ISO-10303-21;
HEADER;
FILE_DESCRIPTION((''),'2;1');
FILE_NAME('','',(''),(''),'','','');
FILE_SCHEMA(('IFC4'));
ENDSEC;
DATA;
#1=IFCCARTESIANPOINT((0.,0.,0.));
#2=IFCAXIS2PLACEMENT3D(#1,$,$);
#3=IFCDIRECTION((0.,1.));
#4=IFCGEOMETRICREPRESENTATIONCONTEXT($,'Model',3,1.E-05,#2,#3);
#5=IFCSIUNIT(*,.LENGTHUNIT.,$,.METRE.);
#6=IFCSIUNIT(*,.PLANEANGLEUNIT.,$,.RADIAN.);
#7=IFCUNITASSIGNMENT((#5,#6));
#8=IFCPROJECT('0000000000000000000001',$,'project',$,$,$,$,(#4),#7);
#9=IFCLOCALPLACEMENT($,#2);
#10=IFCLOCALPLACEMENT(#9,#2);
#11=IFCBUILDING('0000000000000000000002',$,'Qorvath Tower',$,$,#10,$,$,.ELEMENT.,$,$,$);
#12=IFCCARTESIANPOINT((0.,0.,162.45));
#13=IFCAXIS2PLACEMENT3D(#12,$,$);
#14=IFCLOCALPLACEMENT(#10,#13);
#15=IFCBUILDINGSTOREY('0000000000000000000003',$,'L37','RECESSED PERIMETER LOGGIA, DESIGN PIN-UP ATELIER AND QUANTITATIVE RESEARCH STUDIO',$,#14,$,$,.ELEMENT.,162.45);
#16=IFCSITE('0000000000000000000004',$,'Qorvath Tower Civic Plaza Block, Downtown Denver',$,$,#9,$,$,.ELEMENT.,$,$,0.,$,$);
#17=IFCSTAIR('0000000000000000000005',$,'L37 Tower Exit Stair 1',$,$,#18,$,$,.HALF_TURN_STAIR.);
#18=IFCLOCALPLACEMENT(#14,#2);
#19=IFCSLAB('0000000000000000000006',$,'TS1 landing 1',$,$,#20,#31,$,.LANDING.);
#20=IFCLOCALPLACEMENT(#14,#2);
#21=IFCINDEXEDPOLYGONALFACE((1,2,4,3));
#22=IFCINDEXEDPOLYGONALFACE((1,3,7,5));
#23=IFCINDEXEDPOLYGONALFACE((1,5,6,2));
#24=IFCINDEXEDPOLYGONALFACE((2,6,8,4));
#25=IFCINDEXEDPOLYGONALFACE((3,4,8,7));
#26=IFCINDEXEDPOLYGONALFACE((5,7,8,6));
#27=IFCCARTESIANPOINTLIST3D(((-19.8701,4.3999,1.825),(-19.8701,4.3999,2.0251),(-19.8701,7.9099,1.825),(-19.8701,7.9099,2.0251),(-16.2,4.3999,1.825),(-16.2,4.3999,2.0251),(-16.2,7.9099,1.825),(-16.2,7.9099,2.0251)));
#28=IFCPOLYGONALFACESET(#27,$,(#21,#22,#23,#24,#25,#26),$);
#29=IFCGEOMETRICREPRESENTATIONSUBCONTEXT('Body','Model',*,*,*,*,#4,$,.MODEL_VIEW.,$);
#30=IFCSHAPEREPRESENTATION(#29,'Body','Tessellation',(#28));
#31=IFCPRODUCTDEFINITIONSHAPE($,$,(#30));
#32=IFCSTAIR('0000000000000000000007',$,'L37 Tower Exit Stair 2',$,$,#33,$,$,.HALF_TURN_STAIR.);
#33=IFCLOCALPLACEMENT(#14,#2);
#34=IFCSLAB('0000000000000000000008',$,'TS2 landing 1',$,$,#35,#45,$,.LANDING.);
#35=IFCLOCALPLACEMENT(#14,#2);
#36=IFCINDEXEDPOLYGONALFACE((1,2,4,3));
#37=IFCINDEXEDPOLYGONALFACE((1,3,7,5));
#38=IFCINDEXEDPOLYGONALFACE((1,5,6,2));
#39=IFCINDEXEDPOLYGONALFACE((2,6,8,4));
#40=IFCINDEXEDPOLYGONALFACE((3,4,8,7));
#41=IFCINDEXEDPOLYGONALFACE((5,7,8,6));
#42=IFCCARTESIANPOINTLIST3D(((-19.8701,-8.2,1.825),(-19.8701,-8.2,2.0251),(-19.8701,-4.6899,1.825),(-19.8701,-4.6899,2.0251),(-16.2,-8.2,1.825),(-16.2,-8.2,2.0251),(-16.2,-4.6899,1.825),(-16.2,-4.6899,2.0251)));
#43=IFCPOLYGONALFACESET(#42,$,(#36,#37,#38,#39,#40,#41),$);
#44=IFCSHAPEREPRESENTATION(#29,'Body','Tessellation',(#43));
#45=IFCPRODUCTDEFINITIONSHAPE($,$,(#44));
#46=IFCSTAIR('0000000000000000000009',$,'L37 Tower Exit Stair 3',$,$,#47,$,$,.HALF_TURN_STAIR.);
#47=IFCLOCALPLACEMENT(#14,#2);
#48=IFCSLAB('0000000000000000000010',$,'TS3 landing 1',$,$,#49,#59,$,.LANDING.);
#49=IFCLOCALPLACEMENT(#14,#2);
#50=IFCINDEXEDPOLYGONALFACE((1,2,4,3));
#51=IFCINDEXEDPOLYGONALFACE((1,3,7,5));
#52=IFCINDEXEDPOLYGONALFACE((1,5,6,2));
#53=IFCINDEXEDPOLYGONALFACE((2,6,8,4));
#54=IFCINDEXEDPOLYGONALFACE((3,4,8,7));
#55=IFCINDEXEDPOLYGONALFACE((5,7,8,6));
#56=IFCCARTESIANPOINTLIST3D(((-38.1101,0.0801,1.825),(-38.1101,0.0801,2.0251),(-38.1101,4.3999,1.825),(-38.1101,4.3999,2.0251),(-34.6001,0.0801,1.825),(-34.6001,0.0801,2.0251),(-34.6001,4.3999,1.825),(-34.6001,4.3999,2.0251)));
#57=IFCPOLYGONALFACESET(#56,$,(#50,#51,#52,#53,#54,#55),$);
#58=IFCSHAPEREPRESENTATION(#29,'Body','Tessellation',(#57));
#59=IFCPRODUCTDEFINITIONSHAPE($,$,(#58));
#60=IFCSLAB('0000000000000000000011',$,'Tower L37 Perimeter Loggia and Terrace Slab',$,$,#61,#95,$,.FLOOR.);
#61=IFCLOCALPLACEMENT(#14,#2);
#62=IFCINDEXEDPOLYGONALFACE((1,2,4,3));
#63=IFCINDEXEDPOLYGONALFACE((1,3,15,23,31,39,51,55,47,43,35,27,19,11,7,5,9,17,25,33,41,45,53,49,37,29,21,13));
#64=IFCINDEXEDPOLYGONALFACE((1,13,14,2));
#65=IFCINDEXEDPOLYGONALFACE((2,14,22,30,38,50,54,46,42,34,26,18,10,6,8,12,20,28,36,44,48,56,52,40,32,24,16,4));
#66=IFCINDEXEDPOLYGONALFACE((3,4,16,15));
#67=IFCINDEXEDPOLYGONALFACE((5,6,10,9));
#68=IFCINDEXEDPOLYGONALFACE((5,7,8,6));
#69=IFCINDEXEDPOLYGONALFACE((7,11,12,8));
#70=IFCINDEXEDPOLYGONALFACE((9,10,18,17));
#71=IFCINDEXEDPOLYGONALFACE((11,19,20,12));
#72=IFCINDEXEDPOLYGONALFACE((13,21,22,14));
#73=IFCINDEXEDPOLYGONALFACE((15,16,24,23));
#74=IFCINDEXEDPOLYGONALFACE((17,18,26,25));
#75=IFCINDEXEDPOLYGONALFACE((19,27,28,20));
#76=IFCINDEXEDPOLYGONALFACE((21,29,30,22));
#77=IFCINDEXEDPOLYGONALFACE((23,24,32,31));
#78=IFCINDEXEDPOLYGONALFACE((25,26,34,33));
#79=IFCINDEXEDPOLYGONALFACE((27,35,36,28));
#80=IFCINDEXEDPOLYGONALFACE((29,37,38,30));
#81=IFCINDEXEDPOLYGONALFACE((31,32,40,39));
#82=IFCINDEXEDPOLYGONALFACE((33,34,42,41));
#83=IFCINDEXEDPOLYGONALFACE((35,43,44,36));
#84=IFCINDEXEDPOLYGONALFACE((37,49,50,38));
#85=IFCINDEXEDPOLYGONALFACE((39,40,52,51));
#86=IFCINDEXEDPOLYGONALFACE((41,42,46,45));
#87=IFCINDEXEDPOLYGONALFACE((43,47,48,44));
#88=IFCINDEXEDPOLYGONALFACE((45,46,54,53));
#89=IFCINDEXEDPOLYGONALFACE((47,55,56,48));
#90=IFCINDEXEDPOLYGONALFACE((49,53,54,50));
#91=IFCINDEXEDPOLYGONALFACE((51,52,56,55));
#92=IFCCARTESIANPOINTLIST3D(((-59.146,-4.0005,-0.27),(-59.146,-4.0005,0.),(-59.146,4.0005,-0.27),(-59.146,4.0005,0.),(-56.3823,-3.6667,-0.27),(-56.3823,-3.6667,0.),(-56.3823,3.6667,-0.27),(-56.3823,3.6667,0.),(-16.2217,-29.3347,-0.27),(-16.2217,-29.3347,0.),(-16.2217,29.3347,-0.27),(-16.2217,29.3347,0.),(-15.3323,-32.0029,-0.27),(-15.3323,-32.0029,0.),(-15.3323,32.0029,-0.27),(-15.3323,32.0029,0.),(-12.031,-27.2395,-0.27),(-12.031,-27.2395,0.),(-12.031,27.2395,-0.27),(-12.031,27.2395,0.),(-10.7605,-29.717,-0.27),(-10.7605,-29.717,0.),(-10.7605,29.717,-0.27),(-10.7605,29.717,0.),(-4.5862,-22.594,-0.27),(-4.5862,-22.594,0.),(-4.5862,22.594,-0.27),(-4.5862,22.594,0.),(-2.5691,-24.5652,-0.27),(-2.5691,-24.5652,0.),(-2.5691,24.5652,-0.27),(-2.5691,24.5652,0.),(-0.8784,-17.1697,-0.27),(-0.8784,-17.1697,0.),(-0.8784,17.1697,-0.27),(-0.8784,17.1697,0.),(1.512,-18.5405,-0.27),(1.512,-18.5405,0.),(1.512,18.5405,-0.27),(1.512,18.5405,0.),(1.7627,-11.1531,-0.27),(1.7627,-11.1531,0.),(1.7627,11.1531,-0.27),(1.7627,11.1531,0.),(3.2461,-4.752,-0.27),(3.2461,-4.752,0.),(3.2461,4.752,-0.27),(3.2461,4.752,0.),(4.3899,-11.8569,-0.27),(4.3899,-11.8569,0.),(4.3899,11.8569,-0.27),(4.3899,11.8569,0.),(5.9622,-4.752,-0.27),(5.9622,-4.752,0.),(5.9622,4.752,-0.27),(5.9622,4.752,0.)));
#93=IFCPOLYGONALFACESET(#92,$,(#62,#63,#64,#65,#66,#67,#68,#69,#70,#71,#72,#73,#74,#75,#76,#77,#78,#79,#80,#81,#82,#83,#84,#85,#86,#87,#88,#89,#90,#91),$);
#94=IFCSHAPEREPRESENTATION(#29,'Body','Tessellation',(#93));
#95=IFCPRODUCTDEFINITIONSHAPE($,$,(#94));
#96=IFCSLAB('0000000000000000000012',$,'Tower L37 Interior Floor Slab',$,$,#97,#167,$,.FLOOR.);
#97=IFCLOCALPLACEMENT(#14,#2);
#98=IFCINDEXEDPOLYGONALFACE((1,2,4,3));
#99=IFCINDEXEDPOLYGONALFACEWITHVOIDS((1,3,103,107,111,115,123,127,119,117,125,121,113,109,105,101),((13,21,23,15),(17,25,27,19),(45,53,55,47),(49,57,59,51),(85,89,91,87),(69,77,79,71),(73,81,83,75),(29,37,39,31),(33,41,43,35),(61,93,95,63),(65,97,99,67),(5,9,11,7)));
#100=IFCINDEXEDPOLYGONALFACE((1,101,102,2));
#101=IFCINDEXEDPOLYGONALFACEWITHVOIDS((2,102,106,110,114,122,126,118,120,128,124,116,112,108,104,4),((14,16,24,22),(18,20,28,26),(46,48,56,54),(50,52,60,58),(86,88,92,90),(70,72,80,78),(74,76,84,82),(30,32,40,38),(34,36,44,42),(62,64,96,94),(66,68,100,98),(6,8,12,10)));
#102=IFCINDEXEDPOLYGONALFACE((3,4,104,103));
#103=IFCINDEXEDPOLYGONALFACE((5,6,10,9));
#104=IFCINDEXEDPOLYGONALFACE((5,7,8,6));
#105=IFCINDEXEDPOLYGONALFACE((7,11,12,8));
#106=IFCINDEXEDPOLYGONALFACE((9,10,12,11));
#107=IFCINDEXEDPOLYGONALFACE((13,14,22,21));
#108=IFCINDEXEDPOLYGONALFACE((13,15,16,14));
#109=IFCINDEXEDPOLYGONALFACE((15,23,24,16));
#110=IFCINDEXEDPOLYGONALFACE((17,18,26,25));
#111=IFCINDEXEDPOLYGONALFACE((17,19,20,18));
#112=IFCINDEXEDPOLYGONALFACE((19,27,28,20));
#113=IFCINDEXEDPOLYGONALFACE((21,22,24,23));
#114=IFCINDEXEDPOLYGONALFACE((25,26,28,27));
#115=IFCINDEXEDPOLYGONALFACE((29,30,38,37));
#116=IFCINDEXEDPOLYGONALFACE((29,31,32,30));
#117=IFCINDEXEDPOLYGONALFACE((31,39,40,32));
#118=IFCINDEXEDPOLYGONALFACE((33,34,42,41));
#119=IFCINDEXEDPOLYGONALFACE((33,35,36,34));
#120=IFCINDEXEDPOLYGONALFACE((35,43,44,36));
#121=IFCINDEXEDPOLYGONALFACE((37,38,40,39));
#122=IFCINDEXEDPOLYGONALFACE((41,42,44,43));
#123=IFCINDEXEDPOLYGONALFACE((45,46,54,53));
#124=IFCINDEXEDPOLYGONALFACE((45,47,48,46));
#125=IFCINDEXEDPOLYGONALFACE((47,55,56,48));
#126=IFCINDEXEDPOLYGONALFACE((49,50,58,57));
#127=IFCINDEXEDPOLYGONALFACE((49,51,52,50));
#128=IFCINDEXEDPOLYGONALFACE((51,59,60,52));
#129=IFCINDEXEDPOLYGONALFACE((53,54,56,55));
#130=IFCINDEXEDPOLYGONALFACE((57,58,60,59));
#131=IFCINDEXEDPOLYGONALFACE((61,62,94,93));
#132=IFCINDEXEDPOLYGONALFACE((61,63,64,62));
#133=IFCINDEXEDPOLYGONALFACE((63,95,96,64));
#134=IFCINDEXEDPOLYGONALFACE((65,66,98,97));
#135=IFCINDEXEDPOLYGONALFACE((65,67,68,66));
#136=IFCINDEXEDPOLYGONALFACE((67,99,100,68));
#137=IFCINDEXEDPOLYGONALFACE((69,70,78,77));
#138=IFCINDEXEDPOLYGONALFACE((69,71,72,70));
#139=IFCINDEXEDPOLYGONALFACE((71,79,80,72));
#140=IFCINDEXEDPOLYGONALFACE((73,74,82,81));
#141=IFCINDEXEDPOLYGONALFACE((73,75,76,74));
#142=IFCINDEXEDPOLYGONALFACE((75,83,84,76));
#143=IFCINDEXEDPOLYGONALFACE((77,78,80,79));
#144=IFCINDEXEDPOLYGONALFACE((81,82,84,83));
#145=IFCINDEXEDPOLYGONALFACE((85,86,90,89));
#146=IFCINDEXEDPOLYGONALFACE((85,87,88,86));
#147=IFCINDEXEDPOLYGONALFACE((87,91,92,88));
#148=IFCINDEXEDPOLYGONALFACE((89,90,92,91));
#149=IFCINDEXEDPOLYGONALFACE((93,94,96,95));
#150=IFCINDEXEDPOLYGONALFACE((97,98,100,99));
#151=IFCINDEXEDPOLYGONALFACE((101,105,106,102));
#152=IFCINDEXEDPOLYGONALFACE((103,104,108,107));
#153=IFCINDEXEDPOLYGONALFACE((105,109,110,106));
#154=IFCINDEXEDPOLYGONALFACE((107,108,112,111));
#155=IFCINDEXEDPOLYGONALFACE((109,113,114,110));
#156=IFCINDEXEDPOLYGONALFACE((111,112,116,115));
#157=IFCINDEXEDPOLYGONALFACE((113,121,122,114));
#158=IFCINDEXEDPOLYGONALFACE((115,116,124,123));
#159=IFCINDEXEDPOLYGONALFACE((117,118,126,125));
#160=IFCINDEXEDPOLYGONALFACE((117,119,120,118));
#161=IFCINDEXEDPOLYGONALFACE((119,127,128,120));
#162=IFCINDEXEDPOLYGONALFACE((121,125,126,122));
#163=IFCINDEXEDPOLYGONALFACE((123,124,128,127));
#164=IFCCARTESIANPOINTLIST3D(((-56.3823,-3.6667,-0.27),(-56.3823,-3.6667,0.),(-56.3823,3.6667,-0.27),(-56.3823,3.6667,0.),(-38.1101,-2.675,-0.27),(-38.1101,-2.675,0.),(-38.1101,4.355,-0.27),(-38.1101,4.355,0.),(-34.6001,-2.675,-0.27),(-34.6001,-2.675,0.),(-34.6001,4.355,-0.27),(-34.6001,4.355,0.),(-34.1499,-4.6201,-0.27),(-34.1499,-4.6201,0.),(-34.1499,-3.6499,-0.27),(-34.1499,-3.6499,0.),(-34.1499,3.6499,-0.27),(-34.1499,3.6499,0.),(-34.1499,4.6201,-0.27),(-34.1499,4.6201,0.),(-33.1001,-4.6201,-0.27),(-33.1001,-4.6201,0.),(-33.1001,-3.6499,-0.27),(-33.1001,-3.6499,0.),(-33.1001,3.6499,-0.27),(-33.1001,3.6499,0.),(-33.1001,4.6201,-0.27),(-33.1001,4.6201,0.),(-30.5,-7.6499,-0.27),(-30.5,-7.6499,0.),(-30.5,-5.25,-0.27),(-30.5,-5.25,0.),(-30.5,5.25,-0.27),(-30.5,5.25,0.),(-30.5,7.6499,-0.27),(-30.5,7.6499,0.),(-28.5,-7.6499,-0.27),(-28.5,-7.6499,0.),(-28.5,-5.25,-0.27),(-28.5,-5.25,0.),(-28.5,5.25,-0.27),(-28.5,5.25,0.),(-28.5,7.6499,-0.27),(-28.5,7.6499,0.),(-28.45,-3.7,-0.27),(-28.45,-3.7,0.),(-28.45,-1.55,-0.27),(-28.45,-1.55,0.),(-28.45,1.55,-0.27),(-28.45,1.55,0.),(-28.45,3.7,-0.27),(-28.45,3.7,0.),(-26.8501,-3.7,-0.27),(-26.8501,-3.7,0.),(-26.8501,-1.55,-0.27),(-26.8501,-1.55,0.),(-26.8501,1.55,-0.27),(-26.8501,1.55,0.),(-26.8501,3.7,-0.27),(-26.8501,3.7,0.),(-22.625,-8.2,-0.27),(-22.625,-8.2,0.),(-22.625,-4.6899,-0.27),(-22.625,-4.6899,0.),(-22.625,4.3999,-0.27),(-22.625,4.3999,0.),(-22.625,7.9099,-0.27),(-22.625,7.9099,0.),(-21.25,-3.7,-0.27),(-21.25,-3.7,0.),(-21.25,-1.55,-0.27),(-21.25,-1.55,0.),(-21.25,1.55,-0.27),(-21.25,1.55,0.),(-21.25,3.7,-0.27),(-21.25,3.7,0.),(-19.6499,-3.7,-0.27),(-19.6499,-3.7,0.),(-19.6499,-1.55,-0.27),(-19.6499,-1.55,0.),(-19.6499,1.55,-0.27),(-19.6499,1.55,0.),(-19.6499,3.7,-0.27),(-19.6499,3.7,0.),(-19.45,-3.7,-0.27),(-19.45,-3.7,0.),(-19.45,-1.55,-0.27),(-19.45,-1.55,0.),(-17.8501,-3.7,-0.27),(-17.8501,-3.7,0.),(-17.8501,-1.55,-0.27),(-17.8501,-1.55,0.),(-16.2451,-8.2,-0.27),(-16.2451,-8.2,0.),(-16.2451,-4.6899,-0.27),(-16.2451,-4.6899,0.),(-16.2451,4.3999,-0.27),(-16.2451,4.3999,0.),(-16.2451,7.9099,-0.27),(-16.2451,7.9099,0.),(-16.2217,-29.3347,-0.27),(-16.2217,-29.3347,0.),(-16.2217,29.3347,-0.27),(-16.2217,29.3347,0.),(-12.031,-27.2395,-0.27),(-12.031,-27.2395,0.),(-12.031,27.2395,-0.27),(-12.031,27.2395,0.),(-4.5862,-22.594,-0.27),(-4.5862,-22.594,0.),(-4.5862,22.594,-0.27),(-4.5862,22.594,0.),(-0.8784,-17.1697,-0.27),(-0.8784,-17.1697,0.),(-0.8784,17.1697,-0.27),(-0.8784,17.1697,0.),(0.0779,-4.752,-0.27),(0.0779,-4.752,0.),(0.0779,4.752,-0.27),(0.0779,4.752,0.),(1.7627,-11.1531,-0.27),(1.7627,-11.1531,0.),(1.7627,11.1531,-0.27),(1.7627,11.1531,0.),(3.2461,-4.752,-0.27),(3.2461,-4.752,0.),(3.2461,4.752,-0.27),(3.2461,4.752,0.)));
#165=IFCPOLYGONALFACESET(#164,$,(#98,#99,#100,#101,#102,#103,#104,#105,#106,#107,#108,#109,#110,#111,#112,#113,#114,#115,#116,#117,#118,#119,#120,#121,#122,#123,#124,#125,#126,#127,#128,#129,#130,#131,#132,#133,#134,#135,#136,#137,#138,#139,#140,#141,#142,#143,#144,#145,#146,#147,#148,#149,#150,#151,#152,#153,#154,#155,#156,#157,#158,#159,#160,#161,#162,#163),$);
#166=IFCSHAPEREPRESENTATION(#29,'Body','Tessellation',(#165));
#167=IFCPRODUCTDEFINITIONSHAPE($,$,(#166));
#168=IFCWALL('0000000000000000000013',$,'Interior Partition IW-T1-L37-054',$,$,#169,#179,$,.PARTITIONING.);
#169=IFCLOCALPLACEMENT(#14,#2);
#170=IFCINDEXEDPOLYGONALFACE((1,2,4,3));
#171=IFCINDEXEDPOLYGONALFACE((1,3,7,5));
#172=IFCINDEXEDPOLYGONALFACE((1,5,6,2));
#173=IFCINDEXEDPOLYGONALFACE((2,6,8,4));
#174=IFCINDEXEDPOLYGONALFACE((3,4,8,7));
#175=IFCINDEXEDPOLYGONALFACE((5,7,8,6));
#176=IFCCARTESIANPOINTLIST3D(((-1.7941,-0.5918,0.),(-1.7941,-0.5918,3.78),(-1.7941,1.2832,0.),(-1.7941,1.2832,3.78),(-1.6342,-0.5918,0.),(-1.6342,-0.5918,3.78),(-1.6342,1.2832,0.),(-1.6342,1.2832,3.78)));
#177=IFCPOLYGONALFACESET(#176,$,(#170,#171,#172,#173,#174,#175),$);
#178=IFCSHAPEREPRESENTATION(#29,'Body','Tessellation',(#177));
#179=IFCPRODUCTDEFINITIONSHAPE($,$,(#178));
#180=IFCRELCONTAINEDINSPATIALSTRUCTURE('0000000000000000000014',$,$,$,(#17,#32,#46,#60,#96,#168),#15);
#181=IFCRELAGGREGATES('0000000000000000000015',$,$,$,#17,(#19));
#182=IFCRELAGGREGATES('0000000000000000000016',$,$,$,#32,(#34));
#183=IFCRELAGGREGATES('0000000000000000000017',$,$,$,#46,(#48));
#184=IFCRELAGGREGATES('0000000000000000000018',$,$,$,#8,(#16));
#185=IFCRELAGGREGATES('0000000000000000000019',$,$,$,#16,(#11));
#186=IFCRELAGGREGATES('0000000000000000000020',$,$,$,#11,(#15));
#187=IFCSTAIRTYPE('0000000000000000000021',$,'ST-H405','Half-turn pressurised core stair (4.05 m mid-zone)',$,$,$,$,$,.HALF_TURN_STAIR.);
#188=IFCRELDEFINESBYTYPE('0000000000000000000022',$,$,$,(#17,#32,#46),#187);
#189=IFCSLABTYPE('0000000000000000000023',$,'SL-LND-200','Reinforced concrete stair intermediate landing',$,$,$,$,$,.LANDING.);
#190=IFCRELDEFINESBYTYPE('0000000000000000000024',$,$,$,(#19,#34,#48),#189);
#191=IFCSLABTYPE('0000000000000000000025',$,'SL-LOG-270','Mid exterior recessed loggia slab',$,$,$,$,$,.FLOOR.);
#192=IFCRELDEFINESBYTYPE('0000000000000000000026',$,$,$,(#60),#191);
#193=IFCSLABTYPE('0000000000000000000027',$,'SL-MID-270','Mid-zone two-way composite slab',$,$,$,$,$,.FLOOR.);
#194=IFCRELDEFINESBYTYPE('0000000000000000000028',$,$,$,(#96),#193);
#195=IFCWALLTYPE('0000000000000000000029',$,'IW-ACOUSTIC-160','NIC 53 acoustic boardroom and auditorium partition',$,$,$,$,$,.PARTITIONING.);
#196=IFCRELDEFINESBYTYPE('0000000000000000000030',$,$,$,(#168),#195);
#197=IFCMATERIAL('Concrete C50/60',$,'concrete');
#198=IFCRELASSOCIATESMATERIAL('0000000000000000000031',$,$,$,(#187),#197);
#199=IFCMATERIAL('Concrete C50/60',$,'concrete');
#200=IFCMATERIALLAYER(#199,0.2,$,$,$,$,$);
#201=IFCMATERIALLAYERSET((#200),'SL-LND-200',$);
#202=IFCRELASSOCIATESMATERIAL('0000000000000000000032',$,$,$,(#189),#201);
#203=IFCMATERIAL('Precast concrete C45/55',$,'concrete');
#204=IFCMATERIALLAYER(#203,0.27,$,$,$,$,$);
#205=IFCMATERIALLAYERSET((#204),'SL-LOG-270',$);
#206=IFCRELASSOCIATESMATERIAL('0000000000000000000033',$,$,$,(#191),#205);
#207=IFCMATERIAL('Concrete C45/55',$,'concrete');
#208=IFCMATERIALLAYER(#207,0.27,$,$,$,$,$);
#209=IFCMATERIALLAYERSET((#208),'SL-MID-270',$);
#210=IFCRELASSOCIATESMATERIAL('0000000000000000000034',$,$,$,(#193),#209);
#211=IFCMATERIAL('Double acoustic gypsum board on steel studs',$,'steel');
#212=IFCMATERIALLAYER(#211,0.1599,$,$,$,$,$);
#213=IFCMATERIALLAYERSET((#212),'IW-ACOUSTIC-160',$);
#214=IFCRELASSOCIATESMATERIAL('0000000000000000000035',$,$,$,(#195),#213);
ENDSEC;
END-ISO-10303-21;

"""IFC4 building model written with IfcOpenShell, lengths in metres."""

from ifc_helpers import new_model, si_unit, direction, frame, frame_2d, origin, place, context, subcontext, project, spatial, polyline, rectangle, outline, extrude, material, layer, layer_set, type_object, element, aggregate, save


model = new_model("IFC4")

# Units and contexts
model_context = context("Model", 3, precision=1e-05, world=origin(), true_north=direction((0.0, 1.0)))
body_context = subcontext(model_context, "Body", "Model", "MODEL_VIEW")
ifc_project = project(units=[si_unit("LENGTHUNIT", "METRE"), si_unit("PLANEANGLEUNIT", "RADIAN")], contexts=[model_context])

# Site, building, storey
site_placement = place(None, origin())
site = spatial("IfcSite", under=ifc_project, at=site_placement, Name="Qorvath Tower Civic Plaza Block, Downtown Denver", CompositionType="ELEMENT", RefElevation=0.0)
building_placement = place(site_placement, origin())
building = spatial("IfcBuilding", under=site, at=building_placement, Name="Qorvath Tower", CompositionType="ELEMENT")
storey_placement = place(building_placement, frame((0.0, 0.0, 162.45)))
storey = spatial("IfcBuildingStorey", under=building, at=storey_placement, Name="L37", Description="RECESSED PERIMETER LOGGIA, DESIGN PIN-UP ATELIER AND QUANTITATIVE RESEARCH STUDIO", CompositionType="ELEMENT", Elevation=162.45)

# Stairs, slabs
ifc_material_1 = material(Name="Concrete C50/60", Category="concrete")
stair_type = type_object("IfcStairType", Name="ST-H405", Description="Half-turn pressurised core stair (4.05 m mid-zone)", PredefinedType="HALF_TURN_STAIR", material=ifc_material_1)
stair_1_placement = place(storey_placement, origin())
stair_1 = element("IfcStair", 1, at=stair_1_placement, inside=storey, type_object=stair_type, Name="L37 Tower Exit Stair 1", PredefinedType="HALF_TURN_STAIR")
ifc_material_2 = material(Name="Concrete C50/60", Category="concrete")
ifc_layer_1 = layer(ifc_material_2, 0.2)
ifc_layer_set_1 = layer_set([ifc_layer_1], Name="SL-LND-200")
slab_type_1 = type_object("IfcSlabType", Name="SL-LND-200", Description="Reinforced concrete stair intermediate landing", PredefinedType="LANDING", material=ifc_layer_set_1)
slab_1_placement = place(storey_placement, frame((0.0, 0.0, 1.825)))
slab_1 = element("IfcSlab", 2, at=slab_1_placement, type_object=slab_type_1, Name="TS1 landing 1", PredefinedType="LANDING", context=body_context, shape_type="SweptSolid", body=[
    extrude(outline(polyline([(-19.8701, 4.3999), (-16.2, 4.3999), (-16.2, 7.9099), (-19.8701, 7.9099), (-19.8701, 4.3999)])), origin(), (0.0, 0.0, 1.0), 0.2002),
])
aggregate(stair_1, [slab_1])
stair_2_placement = place(storey_placement, origin())
stair_2 = element("IfcStair", 3, at=stair_2_placement, inside=storey, type_object=stair_type, Name="L37 Tower Exit Stair 2", PredefinedType="HALF_TURN_STAIR")
slab_2_placement = place(storey_placement, frame((0.0, 0.0, 1.825)))
slab_2 = element("IfcSlab", 4, at=slab_2_placement, type_object=slab_type_1, Name="TS2 landing 1", PredefinedType="LANDING", context=body_context, shape_type="SweptSolid", body=[
    extrude(outline(polyline([(-19.8701, -8.2), (-16.2, -8.2), (-16.2, -4.6899), (-19.8701, -4.6899), (-19.8701, -8.2)])), origin(), (0.0, 0.0, 1.0), 0.2002),
])
aggregate(stair_2, [slab_2])
stair_3_placement = place(storey_placement, origin())
stair_3 = element("IfcStair", 5, at=stair_3_placement, inside=storey, type_object=stair_type, Name="L37 Tower Exit Stair 3", PredefinedType="HALF_TURN_STAIR")
slab_3_placement = place(storey_placement, frame((0.0, 0.0, 1.825)))
slab_3 = element("IfcSlab", 6, at=slab_3_placement, type_object=slab_type_1, Name="TS3 landing 1", PredefinedType="LANDING", context=body_context, shape_type="SweptSolid", body=[
    extrude(outline(polyline([(-34.6001, 0.0801), (-34.6001, 4.3999), (-38.1101, 4.3999), (-38.1101, 0.0801), (-34.6001, 0.0801)])), origin(), (0.0, 0.0, 1.0), 0.2002),
])
aggregate(stair_3, [slab_3])

# Slabs
ifc_material_3 = material(Name="Precast concrete C45/55", Category="concrete")
ifc_layer_2 = layer(ifc_material_3, 0.27)
ifc_layer_set_2 = layer_set([ifc_layer_2], Name="SL-LOG-270")
slab_type_2 = type_object("IfcSlabType", Name="SL-LOG-270", Description="Mid exterior recessed loggia slab", PredefinedType="FLOOR", material=ifc_layer_set_2)
slab_4_placement = place(storey_placement, frame((0.0, 0.0, -0.27)))
element("IfcSlab", 7, at=slab_4_placement, inside=storey, type_object=slab_type_2, Name="Tower L37 Perimeter Loggia and Terrace Slab", PredefinedType="FLOOR", context=body_context, shape_type="SweptSolid", body=[
    extrude(outline(polyline([(3.2461, -4.752), (1.7627, -11.1531), (-0.8784, -17.1697), (-4.5862, -22.594), (-12.031, -27.2395), (-16.2217, -29.3347), (-56.3823, -3.6667), (-56.3823, 3.6667), (-16.2217, 29.3347), (-12.031, 27.2395), (-4.5862, 22.594), (-0.8784, 17.1697), (1.7627, 11.1531), (3.2461, 4.752), (5.9622, 4.752), (4.3899, 11.8569), (1.512, 18.5405), (-2.5691, 24.5652), (-10.7605, 29.717), (-15.3323, 32.0029), (-59.146, 4.0005), (-59.146, -4.0005), (-15.3323, -32.0029), (-10.7605, -29.717), (-2.5691, -24.5652), (1.512, -18.5405), (4.3899, -11.8569), (5.9622, -4.752), (3.2461, -4.752)])), origin(), (0.0, 0.0, 1.0), 0.27),
])
ifc_material_4 = material(Name="Concrete C45/55", Category="concrete")
ifc_layer_3 = layer(ifc_material_4, 0.27)
ifc_layer_set_3 = layer_set([ifc_layer_3], Name="SL-MID-270")
slab_type_3 = type_object("IfcSlabType", Name="SL-MID-270", Description="Mid-zone two-way composite slab", PredefinedType="FLOOR", material=ifc_layer_set_3)
slab_5_placement = place(storey_placement, frame((0.0, 0.0, -0.27)))
element("IfcSlab", 8, at=slab_5_placement, inside=storey, type_object=slab_type_3, Name="Tower L37 Interior Floor Slab", PredefinedType="FLOOR", context=body_context, shape_type="SweptSolid", body=[
    extrude(outline(polyline([(-56.3823, 3.6667), (-56.3823, -3.6667), (-16.2217, -29.3347), (-12.031, -27.2395), (-4.5862, -22.594), (-0.8784, -17.1697), (1.7627, -11.1531), (3.2461, -4.752), (0.0779, -4.752), (0.0779, 4.752), (3.2461, 4.752), (1.7627, 11.1531), (-0.8784, 17.1697), (-4.5862, 22.594), (-12.031, 27.2395), (-16.2217, 29.3347), (-56.3823, 3.6667)]), holes=[polyline([(-16.2451, -8.2), (-22.625, -8.2), (-22.625, -4.6899), (-16.2451, -4.6899), (-16.2451, -8.2)]), polyline([(-22.625, 4.3999), (-22.625, 7.9099), (-16.2451, 7.9099), (-16.2451, 4.3999), (-22.625, 4.3999)]), polyline([(-17.8501, -3.7), (-19.45, -3.7), (-19.45, -1.55), (-17.8501, -1.55), (-17.8501, -3.7)]), polyline([(-21.25, -3.7), (-21.25, -1.55), (-19.6499, -1.55), (-19.6499, -3.7), (-21.25, -3.7)]), polyline([(-21.25, 1.55), (-21.25, 3.7), (-19.6499, 3.7), (-19.6499, 1.55), (-21.25, 1.55)]), polyline([(-28.45, -3.7), (-28.45, -1.55), (-26.8501, -1.55), (-26.8501, -3.7), (-28.45, -3.7)]), polyline([(-26.8501, 1.55), (-28.45, 1.55), (-28.45, 3.7), (-26.8501, 3.7), (-26.8501, 1.55)]), polyline([(-28.5, -7.6499), (-30.5, -7.6499), (-30.5, -5.25), (-28.5, -5.25), (-28.5, -7.6499)]), polyline([(-30.5, 5.25), (-30.5, 7.6499), (-28.5, 7.6499), (-28.5, 5.25), (-30.5, 5.25)]), polyline([(-34.1499, -4.6201), (-34.1499, -3.6499), (-33.1001, -3.6499), (-33.1001, -4.6201), (-34.1499, -4.6201)]), polyline([(-34.1499, 3.6499), (-34.1499, 4.6201), (-33.1001, 4.6201), (-33.1001, 3.6499), (-34.1499, 3.6499)]), polyline([(-34.6001, -2.675), (-38.1101, -2.675), (-38.1101, 4.355), (-34.6001, 4.355), (-34.6001, -2.675)])]), origin(), (0.0, 0.0, 1.0), 0.27),
])

# Wall
ifc_material_5 = material(Name="Double acoustic gypsum board on steel studs", Category="steel")
ifc_layer_4 = layer(ifc_material_5, 0.1599)
ifc_layer_set_4 = layer_set([ifc_layer_4], Name="IW-ACOUSTIC-160")
wall_type_1 = type_object("IfcWallType", Name="IW-ACOUSTIC-160", Description="NIC 53 acoustic boardroom and auditorium partition", PredefinedType="PARTITIONING", material=ifc_layer_set_4)
wall_1_placement = place(storey_placement, frame((-1.7141, -0.5918, 0.0), z_axis=(0.0, 0.0, 1.0), x_axis=(0.0, 1.0, 0.0)))
element("IfcWall", 9, at=wall_1_placement, inside=storey, type_object=wall_type_1, Name="Interior Partition IW-T1-L37-054", PredefinedType="PARTITIONING", context=body_context, shape_type="SweptSolid", body=[
    extrude(rectangle(XDim=1.875, YDim=0.1599, at=frame_2d((0.9375, 0.0))), origin(), (0.0, 0.0, 1.0), 3.78),
])

save(model, "model.ifc")
